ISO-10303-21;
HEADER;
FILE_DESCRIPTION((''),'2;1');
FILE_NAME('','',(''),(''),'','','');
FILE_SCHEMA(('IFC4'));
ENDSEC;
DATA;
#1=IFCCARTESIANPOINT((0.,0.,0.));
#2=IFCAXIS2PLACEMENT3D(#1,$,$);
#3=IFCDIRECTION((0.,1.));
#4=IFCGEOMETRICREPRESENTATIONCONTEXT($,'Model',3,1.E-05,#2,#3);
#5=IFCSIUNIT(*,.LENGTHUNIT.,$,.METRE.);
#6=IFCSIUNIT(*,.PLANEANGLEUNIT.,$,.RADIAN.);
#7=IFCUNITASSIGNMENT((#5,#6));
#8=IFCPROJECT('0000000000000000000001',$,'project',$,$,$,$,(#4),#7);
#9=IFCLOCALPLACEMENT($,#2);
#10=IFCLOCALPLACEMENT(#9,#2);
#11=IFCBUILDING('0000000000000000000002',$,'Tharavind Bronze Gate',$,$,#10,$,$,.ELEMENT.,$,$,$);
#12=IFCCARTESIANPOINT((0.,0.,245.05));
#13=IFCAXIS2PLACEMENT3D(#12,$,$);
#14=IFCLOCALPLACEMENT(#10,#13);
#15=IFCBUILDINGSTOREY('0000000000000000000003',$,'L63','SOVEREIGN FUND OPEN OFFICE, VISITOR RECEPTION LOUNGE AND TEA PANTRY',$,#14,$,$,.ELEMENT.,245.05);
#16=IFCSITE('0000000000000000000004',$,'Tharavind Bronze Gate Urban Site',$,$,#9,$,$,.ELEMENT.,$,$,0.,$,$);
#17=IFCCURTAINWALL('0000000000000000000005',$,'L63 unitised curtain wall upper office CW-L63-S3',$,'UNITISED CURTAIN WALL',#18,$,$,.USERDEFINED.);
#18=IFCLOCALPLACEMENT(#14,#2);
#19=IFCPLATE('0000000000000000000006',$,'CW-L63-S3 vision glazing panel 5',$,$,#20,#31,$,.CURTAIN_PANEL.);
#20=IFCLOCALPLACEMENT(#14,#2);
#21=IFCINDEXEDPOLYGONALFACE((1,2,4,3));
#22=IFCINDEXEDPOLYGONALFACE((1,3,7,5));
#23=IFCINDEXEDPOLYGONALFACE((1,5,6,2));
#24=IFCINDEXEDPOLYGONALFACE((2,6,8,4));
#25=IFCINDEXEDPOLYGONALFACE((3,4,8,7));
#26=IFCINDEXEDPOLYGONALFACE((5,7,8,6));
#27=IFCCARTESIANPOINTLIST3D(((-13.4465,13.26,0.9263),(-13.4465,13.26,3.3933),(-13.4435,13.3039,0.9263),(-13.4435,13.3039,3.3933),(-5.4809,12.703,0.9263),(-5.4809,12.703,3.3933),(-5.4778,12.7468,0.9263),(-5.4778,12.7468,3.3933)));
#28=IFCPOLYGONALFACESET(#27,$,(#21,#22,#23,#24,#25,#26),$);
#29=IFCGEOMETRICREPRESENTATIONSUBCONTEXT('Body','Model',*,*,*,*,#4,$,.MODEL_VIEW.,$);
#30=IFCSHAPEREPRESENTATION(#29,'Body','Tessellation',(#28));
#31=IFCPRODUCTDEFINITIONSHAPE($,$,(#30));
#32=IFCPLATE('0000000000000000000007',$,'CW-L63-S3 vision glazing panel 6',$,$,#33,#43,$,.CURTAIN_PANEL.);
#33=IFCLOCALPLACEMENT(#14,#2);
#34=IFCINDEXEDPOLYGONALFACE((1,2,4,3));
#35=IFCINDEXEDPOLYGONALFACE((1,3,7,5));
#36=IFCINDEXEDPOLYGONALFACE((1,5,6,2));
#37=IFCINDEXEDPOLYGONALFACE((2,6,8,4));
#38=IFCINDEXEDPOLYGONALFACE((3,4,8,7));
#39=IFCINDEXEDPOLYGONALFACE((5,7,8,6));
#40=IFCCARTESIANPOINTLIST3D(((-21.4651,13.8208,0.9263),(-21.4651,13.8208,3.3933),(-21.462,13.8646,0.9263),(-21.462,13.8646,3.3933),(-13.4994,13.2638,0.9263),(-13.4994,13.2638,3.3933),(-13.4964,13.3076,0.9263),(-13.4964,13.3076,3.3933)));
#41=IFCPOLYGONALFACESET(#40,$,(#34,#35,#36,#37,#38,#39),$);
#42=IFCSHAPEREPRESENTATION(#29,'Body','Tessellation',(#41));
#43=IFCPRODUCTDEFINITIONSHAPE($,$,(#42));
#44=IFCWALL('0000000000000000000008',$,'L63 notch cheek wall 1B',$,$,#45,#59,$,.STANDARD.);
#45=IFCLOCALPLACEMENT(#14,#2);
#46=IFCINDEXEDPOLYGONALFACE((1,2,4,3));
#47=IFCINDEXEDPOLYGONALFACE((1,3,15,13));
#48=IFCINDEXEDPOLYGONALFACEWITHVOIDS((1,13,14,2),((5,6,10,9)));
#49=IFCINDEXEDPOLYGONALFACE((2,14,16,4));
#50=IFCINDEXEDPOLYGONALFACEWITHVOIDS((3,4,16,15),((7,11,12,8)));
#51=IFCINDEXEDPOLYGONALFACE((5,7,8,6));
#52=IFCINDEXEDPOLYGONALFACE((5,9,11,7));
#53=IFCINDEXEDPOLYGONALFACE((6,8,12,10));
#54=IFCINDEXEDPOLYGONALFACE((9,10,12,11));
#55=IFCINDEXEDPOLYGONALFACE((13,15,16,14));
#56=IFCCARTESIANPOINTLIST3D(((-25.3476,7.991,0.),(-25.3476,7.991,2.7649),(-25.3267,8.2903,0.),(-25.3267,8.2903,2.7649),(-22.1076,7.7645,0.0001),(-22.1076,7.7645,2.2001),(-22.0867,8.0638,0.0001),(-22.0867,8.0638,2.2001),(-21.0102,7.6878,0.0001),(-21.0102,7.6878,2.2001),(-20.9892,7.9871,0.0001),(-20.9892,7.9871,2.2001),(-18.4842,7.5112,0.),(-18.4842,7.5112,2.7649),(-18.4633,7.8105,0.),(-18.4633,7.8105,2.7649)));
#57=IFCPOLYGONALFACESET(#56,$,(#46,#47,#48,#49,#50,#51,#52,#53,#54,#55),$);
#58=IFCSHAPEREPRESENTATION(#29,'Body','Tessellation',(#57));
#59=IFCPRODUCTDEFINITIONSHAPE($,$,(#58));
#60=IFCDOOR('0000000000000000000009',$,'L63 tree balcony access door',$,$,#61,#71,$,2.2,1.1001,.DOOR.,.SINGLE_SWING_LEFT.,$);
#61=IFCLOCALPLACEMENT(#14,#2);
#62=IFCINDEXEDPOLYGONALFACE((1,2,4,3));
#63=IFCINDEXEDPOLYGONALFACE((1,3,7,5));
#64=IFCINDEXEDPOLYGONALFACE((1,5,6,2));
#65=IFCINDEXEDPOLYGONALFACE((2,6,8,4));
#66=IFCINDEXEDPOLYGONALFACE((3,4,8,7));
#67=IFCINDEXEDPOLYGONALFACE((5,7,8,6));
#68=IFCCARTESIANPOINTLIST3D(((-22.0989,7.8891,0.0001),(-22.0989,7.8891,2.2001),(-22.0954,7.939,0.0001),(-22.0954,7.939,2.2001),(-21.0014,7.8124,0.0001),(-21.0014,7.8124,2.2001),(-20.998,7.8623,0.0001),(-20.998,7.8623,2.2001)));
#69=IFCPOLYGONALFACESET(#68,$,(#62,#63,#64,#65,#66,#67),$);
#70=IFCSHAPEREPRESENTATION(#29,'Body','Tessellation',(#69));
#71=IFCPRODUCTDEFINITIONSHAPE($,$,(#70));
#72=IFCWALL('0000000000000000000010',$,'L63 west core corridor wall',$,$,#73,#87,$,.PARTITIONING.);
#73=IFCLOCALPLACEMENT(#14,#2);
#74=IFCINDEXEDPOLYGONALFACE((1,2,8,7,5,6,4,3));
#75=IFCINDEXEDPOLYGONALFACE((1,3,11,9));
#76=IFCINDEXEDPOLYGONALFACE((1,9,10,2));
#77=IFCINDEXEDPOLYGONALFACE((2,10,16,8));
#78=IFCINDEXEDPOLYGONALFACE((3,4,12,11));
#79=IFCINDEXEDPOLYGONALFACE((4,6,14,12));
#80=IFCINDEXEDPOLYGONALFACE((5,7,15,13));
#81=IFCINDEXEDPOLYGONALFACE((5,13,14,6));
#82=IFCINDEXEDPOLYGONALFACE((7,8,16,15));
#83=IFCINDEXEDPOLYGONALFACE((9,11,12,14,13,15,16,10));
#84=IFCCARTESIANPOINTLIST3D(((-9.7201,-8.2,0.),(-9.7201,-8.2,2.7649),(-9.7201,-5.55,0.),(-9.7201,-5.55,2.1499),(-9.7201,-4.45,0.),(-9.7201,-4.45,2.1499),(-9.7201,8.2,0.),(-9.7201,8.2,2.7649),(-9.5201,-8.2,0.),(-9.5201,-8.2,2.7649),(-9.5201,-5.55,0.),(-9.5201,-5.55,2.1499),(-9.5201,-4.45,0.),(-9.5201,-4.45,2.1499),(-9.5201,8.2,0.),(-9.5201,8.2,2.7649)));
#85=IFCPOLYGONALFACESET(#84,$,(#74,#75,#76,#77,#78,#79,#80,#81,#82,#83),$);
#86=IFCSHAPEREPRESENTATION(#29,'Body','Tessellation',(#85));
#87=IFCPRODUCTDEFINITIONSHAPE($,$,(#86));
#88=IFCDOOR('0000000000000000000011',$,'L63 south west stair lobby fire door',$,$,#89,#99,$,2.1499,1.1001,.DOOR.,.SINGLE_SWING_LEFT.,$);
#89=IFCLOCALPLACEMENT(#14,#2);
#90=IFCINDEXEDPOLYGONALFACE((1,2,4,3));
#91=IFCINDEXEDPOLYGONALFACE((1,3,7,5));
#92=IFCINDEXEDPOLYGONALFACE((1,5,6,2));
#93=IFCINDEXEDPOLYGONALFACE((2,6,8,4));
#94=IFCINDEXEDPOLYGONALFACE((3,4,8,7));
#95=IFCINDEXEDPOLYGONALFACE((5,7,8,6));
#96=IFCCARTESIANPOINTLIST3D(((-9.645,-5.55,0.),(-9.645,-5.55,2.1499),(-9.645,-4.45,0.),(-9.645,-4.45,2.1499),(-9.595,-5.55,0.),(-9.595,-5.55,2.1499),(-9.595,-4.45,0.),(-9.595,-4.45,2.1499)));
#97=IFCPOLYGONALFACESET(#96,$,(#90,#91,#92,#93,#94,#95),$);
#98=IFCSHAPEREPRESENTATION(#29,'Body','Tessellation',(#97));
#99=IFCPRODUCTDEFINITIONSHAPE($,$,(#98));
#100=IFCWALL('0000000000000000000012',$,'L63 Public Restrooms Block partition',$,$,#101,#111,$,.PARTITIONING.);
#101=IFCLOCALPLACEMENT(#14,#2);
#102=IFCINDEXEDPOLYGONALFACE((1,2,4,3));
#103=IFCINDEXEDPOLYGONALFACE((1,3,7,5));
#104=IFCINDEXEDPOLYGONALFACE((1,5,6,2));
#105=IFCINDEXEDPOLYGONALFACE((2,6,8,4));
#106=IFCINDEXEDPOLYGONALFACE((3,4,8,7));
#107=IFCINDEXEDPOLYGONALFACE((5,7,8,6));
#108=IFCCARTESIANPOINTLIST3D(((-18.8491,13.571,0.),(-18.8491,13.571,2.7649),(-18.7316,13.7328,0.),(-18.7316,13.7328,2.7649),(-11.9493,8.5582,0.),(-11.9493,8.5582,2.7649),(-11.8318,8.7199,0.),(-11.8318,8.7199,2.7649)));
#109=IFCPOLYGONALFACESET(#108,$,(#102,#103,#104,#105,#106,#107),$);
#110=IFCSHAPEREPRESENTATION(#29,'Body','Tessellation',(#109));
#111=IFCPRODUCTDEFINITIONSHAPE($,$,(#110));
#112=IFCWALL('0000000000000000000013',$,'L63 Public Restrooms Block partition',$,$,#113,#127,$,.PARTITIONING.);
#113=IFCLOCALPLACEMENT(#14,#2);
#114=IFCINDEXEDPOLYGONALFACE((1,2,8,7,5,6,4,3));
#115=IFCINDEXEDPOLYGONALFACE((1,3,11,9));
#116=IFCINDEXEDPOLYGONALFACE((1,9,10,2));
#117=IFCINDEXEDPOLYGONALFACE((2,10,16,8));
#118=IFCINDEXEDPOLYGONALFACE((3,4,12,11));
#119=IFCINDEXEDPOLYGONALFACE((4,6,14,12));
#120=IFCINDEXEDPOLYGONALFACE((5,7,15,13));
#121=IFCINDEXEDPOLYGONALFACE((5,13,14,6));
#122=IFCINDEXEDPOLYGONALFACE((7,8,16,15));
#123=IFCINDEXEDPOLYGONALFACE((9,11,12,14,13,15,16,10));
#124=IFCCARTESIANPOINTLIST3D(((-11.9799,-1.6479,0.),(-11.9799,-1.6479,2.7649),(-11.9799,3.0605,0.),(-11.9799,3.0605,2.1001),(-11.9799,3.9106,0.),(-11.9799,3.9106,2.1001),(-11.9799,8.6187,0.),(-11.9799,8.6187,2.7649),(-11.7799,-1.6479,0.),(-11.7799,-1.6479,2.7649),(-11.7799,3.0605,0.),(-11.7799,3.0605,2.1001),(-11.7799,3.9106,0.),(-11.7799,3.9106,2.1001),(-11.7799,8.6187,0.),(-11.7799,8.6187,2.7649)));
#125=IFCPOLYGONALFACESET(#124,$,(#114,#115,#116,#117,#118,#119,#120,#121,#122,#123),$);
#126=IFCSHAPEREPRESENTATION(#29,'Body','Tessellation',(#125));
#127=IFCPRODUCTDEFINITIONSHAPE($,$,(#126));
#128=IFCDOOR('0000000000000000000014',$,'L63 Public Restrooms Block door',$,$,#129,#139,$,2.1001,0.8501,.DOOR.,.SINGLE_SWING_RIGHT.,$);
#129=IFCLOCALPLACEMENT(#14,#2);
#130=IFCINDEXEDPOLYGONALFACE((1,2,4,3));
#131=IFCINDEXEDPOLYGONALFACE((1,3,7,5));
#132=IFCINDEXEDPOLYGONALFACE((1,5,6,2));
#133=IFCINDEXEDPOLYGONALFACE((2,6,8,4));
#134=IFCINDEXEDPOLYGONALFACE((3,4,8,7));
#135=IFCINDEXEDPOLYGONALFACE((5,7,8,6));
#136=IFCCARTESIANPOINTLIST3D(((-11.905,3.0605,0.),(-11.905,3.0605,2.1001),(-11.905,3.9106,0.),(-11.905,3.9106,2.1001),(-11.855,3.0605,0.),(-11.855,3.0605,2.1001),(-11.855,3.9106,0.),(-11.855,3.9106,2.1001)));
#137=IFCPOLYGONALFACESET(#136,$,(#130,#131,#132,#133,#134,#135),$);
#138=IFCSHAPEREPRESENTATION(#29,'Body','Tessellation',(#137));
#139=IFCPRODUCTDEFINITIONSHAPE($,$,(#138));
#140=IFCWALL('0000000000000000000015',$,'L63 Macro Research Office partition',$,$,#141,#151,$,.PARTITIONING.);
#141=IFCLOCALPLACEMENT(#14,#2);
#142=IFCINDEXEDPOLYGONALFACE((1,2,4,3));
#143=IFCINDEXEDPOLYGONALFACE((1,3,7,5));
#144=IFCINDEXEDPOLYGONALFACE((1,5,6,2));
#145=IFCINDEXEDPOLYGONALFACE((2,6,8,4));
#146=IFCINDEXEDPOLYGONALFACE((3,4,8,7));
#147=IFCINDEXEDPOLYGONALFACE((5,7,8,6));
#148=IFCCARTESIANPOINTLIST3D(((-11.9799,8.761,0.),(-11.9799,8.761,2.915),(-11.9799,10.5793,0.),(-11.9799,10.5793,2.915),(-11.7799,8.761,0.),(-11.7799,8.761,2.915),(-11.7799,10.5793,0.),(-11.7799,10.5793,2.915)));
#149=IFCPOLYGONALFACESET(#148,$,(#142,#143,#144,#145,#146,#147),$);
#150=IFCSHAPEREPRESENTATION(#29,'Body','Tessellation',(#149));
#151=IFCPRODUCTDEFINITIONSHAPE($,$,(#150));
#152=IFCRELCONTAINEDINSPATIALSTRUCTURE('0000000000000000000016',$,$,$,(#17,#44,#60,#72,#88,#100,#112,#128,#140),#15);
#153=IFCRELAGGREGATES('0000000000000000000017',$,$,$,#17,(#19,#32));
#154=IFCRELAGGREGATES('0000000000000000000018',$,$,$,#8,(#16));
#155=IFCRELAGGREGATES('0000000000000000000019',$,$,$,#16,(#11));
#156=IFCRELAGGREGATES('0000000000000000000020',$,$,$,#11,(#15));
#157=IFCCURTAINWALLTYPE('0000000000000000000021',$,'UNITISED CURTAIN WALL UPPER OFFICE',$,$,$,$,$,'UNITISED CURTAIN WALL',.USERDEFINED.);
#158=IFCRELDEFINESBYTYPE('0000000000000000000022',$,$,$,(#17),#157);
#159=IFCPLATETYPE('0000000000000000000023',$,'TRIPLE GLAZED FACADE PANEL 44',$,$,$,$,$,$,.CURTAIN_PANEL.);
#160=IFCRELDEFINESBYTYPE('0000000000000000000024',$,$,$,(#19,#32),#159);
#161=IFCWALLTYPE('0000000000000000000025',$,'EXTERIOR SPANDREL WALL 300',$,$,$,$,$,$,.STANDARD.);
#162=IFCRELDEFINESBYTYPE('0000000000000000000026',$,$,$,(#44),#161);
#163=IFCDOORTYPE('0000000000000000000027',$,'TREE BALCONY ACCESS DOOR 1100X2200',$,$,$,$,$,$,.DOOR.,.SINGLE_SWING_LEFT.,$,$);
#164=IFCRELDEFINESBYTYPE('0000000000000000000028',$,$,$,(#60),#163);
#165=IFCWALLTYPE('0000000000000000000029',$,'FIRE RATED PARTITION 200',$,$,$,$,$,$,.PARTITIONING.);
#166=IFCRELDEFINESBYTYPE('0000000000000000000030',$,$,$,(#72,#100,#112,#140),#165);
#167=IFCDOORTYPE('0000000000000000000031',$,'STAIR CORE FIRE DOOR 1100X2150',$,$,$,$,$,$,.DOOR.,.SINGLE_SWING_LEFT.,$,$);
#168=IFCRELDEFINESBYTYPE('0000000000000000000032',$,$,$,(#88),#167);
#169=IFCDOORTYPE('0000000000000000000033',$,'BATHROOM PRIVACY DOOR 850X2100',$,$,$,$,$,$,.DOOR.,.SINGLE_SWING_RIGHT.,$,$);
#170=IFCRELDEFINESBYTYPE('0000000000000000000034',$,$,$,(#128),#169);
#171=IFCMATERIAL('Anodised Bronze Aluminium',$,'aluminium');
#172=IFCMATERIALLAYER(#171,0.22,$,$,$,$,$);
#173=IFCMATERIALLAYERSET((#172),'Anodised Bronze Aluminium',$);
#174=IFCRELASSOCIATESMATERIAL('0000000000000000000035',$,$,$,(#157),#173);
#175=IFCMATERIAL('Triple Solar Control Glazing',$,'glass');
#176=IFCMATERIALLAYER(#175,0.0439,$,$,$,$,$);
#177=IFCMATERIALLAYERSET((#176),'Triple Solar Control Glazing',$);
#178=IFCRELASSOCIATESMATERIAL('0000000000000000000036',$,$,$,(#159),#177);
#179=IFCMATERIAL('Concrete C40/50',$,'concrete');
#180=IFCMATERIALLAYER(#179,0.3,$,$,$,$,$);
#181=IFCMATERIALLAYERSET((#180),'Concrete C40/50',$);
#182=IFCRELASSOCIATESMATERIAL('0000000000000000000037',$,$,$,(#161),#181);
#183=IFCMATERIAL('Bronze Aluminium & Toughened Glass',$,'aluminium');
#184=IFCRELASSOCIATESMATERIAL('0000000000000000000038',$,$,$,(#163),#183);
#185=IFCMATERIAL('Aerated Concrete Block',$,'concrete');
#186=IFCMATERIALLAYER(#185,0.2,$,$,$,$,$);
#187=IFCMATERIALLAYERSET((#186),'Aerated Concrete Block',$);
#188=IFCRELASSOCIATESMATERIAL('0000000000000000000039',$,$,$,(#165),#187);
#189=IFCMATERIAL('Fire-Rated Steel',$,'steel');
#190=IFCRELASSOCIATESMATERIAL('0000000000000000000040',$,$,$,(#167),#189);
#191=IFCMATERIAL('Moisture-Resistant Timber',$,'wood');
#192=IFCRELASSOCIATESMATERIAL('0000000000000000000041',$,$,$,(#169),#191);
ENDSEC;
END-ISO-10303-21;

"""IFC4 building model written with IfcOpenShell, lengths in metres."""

from ifc_helpers import new_model, si_unit, direction, frame, frame_2d, origin, origin_2d, place, context, subcontext, project, spatial, rectangle, extrude, material, layer, layer_set, type_object, element, fill, aggregate, save


model = new_model("IFC4")

# Units and contexts
model_context = context("Model", 3, precision=1e-05, world=origin(), true_north=direction((0.0, 1.0)))
body_context = subcontext(model_context, "Body", "Model", "MODEL_VIEW")
ifc_project = project(units=[si_unit("LENGTHUNIT", "METRE"), si_unit("PLANEANGLEUNIT", "RADIAN")], contexts=[model_context])

# Site, building, storey
site_placement = place(None, origin())
site = spatial("IfcSite", under=ifc_project, at=site_placement, Name="Tharavind Bronze Gate Urban Site", CompositionType="ELEMENT", RefElevation=0.0)
building_placement = place(site_placement, origin())
building = spatial("IfcBuilding", under=site, at=building_placement, Name="Tharavind Bronze Gate", CompositionType="ELEMENT")
storey_placement = place(building_placement, frame((0.0, 0.0, 245.05)))
storey = spatial("IfcBuildingStorey", under=building, at=storey_placement, Name="L63", Description="SOVEREIGN FUND OPEN OFFICE, VISITOR RECEPTION LOUNGE AND TEA PANTRY", CompositionType="ELEMENT", Elevation=245.05)

# Curtain wall
ifc_material_1 = material(Name="Anodised Bronze Aluminium", Category="aluminium")
ifc_layer_1 = layer(ifc_material_1, 0.22)
ifc_layer_set_1 = layer_set([ifc_layer_1], Name="Anodised Bronze Aluminium")
curtain_wall_type = type_object("IfcCurtainWallType", Name="UNITISED CURTAIN WALL UPPER OFFICE", ElementType="UNITISED CURTAIN WALL", PredefinedType="USERDEFINED", material=ifc_layer_set_1)
curtain_wall_placement = place(storey_placement, origin())
curtain_wall = element("IfcCurtainWall", 1, at=curtain_wall_placement, inside=storey, type_object=curtain_wall_type, Name="L63 unitised curtain wall upper office CW-L63-S3", ObjectType="UNITISED CURTAIN WALL", PredefinedType="USERDEFINED")

# Plates
ifc_material_2 = material(Name="Triple Solar Control Glazing", Category="glass")
ifc_layer_2 = layer(ifc_material_2, 0.0439)
ifc_layer_set_2 = layer_set([ifc_layer_2], Name="Triple Solar Control Glazing")
plate_type_1 = type_object("IfcPlateType", Name="TRIPLE GLAZED FACADE PANEL 44", PredefinedType="CURTAIN_PANEL", material=ifc_layer_set_2)
plate_1_placement = place(storey_placement, frame((-9.4622, 13.0034, 0.9263), z_axis=(0.0, 0.0, 1.0), x_axis=(-0.997564, 0.069758, 0.0)))
plate_1 = element("IfcPlate", 2, at=plate_1_placement, type_object=plate_type_1, Name="CW-L63-S3 vision glazing panel 5", PredefinedType="CURTAIN_PANEL", context=body_context, shape_type="SweptSolid", body=[
    extrude(rectangle(XDim=7.9851, YDim=0.0439, at=origin_2d()), origin(), (0.0, 0.0, 1.0), 2.467),
])
plate_2_placement = place(storey_placement, frame((-17.4807, 13.5642, 0.9263), z_axis=(0.0, 0.0, 1.0), x_axis=(-0.997564, 0.069758, 0.0)))
plate_2 = element("IfcPlate", 3, at=plate_2_placement, type_object=plate_type_1, Name="CW-L63-S3 vision glazing panel 6", PredefinedType="CURTAIN_PANEL", context=body_context, shape_type="SweptSolid", body=[
    extrude(rectangle(XDim=7.9851, YDim=0.0439, at=origin_2d()), origin(), (0.0, 0.0, 1.0), 2.467),
])
aggregate(curtain_wall, [plate_1, plate_2])

# Walls, openings, doors
ifc_material_3 = material(Name="Concrete C40/50", Category="concrete")
ifc_layer_3 = layer(ifc_material_3, 0.3)
ifc_layer_set_3 = layer_set([ifc_layer_3], Name="Concrete C40/50")
wall_type_1 = type_object("IfcWallType", Name="EXTERIOR SPANDREL WALL 300", PredefinedType="STANDARD", material=ifc_layer_set_3)
wall_1_placement = place(storey_placement, frame((-18.4739, 7.6609, 0.0), z_axis=(0.0, 0.0, 1.0), x_axis=(-0.997566, 0.069729, 0.0)))
wall_1 = element("IfcWall", 4, at=wall_1_placement, inside=storey, type_object=wall_type_1, Name="L63 notch cheek wall 1B", PredefinedType="STANDARD", context=body_context, shape_type="SweptSolid", body=[
    extrude(rectangle(XDim=6.8801, YDim=0.3, at=frame_2d((3.4399, 0.0))), origin(), (0.0, 0.0, 1.0), 2.7649),
])
opening_1_placement = place(wall_1_placement, frame((2.532, 0.0, 0.0)))
opening_1 = element("IfcOpeningElement", 5, at=opening_1_placement, cuts=wall_1, PredefinedType="OPENING", context=body_context, shape_type="SweptSolid", body=[
    extrude(rectangle(XDim=1.1001, YDim=2.2, at=frame_2d((0.55, 1.1001))), frame((0.0, 0.1599, 0.0), z_axis=(0.0, -1.0, 0.0), x_axis=(1.0, 0.0, 0.0)), (0.0, 0.0, 1.0), 0.32),
])
ifc_material_4 = material(Name="Bronze Aluminium & Toughened Glass", Category="aluminium")
door_type_1 = type_object("IfcDoorType", Name="TREE BALCONY ACCESS DOOR 1100X2200", OperationType="SINGLE_SWING_LEFT", PredefinedType="DOOR", material=ifc_material_4)
door_1_placement = place(opening_1_placement, frame((1.1001, 0.0, 0.0), z_axis=(0.0, 0.0, 1.0), x_axis=(-1.0, 0.0, 0.0)))
door_1 = element("IfcDoor", 6, at=door_1_placement, inside=storey, type_object=door_type_1, Name="L63 tree balcony access door", OperationType="SINGLE_SWING_LEFT", OverallHeight=2.2, OverallWidth=1.1001, PredefinedType="DOOR", context=body_context, shape_type="SweptSolid", body=[
    extrude(rectangle(XDim=1.1001, YDim=2.2, at=frame_2d((0.55, 1.1001))), frame((0.0, 0.0249, 0.0), z_axis=(0.0, -1.0, 0.0), x_axis=(1.0, 0.0, 0.0)), (0.0, 0.0, 1.0), 0.05),
])
fill(opening_1, door_1)
ifc_material_5 = material(Name="Aerated Concrete Block", Category="concrete")
ifc_layer_4 = layer(ifc_material_5, 0.2)
ifc_layer_set_4 = layer_set([ifc_layer_4], Name="Aerated Concrete Block")
wall_type_2 = type_object("IfcWallType", Name="FIRE RATED PARTITION 200", PredefinedType="PARTITIONING", material=ifc_layer_set_4)
wall_2_placement = place(storey_placement, frame((-9.6201, 8.2, 0.0), z_axis=(0.0, 0.0, 1.0), x_axis=(0.0, -1.0, 0.0)))
wall_2 = element("IfcWall", 7, at=wall_2_placement, inside=storey, type_object=wall_type_2, Name="L63 west core corridor wall", PredefinedType="PARTITIONING", context=body_context, shape_type="SweptSolid", body=[
    extrude(rectangle(XDim=16.3999, YDim=0.2, at=frame_2d((8.2, 0.0))), origin(), (0.0, 0.0, 1.0), 2.7649),
])
opening_2_placement = place(wall_2_placement, frame((12.6499, 0.0, 0.0)))
opening_2 = element("IfcOpeningElement", 8, at=opening_2_placement, cuts=wall_2, PredefinedType="OPENING", context=body_context, shape_type="SweptSolid", body=[
    extrude(rectangle(XDim=1.1001, YDim=2.1499, at=frame_2d((0.55, 1.075))), frame((0.0, 0.1101, 0.0), z_axis=(0.0, -1.0, 0.0), x_axis=(1.0, 0.0, 0.0)), (0.0, 0.0, 1.0), 0.22),
])
ifc_material_6 = material(Name="Fire-Rated Steel", Category="steel")
door_type_2 = type_object("IfcDoorType", Name="STAIR CORE FIRE DOOR 1100X2150", OperationType="SINGLE_SWING_LEFT", PredefinedType="DOOR", material=ifc_material_6)
door_2_placement = place(opening_2_placement, frame((1.1001, 0.0, 0.0), z_axis=(0.0, 0.0, 1.0), x_axis=(-1.0, 0.0, 0.0)))
door_2 = element("IfcDoor", 9, at=door_2_placement, inside=storey, type_object=door_type_2, Name="L63 south west stair lobby fire door", OperationType="SINGLE_SWING_LEFT", OverallHeight=2.1499, OverallWidth=1.1001, PredefinedType="DOOR", context=body_context, shape_type="SweptSolid", body=[
    extrude(rectangle(XDim=1.1001, YDim=2.1499, at=frame_2d((0.55, 1.075))), frame((0.0, 0.0249, 0.0), z_axis=(0.0, -1.0, 0.0), x_axis=(1.0, 0.0, 0.0)), (0.0, 0.0, 1.0), 0.05),
])
fill(opening_2, door_2)

# Wall
wall_3_placement = place(storey_placement, frame((-18.7903, 13.6519, 0.0), z_axis=(0.0, 0.0, 1.0), x_axis=(0.809024, -0.587775, 0.0)))
element("IfcWall", 10, at=wall_3_placement, inside=storey, type_object=wall_type_2, Name="L63 Public Restrooms Block partition", PredefinedType="PARTITIONING", context=body_context, shape_type="SweptSolid", body=[
    extrude(rectangle(XDim=8.5286, YDim=0.2, at=frame_2d((4.2642, 0.0))), origin(), (0.0, 0.0, 1.0), 2.7649),
])

# Wall, opening, door
wall_4_placement = place(storey_placement, frame((-11.8799, 8.6187, 0.0), z_axis=(0.0, 0.0, 1.0), x_axis=(0.0, -1.0, 0.0)))
wall_4 = element("IfcWall", 11, at=wall_4_placement, inside=storey, type_object=wall_type_2, Name="L63 Public Restrooms Block partition", PredefinedType="PARTITIONING", context=body_context, shape_type="SweptSolid", body=[
    extrude(rectangle(XDim=10.2666, YDim=0.2, at=frame_2d((5.1333, 0.0))), origin(), (0.0, 0.0, 1.0), 2.7649),
])
opening_3_placement = place(wall_4_placement, frame((4.708, 0.0, 0.0)))
opening_3 = element("IfcOpeningElement", 12, at=opening_3_placement, cuts=wall_4, PredefinedType="OPENING", context=body_context, shape_type="SweptSolid", body=[
    extrude(rectangle(XDim=0.8501, YDim=2.1001, at=frame_2d((0.425, 1.05))), frame((0.0, 0.1101, 0.0), z_axis=(0.0, -1.0, 0.0), x_axis=(1.0, 0.0, 0.0)), (0.0, 0.0, 1.0), 0.22),
])
ifc_material_7 = material(Name="Moisture-Resistant Timber", Category="wood")
door_type_3 = type_object("IfcDoorType", Name="BATHROOM PRIVACY DOOR 850X2100", OperationType="SINGLE_SWING_RIGHT", PredefinedType="DOOR", material=ifc_material_7)
door_3_placement = place(opening_3_placement, origin())
door_3 = element("IfcDoor", 13, at=door_3_placement, inside=storey, type_object=door_type_3, Name="L63 Public Restrooms Block door", OperationType="SINGLE_SWING_RIGHT", OverallHeight=2.1001, OverallWidth=0.8501, PredefinedType="DOOR", context=body_context, shape_type="SweptSolid", body=[
    extrude(rectangle(XDim=0.8501, YDim=2.1001, at=frame_2d((0.425, 1.05))), frame((0.0, 0.0249, 0.0), z_axis=(0.0, -1.0, 0.0), x_axis=(1.0, 0.0, 0.0)), (0.0, 0.0, 1.0), 0.05),
])
fill(opening_3, door_3)

# Wall
wall_5_placement = place(storey_placement, frame((-11.8799, 10.5793, 0.0), z_axis=(0.0, 0.0, 1.0), x_axis=(0.0, -1.0, 0.0)))
element("IfcWall", 14, at=wall_5_placement, inside=storey, type_object=wall_type_2, Name="L63 Macro Research Office partition", PredefinedType="PARTITIONING", context=body_context, shape_type="SweptSolid", body=[
    extrude(rectangle(XDim=1.8184, YDim=0.2, at=frame_2d((0.9092, 0.0))), origin(), (0.0, 0.0, 1.0), 2.915),
])

save(model, "model.ifc")
